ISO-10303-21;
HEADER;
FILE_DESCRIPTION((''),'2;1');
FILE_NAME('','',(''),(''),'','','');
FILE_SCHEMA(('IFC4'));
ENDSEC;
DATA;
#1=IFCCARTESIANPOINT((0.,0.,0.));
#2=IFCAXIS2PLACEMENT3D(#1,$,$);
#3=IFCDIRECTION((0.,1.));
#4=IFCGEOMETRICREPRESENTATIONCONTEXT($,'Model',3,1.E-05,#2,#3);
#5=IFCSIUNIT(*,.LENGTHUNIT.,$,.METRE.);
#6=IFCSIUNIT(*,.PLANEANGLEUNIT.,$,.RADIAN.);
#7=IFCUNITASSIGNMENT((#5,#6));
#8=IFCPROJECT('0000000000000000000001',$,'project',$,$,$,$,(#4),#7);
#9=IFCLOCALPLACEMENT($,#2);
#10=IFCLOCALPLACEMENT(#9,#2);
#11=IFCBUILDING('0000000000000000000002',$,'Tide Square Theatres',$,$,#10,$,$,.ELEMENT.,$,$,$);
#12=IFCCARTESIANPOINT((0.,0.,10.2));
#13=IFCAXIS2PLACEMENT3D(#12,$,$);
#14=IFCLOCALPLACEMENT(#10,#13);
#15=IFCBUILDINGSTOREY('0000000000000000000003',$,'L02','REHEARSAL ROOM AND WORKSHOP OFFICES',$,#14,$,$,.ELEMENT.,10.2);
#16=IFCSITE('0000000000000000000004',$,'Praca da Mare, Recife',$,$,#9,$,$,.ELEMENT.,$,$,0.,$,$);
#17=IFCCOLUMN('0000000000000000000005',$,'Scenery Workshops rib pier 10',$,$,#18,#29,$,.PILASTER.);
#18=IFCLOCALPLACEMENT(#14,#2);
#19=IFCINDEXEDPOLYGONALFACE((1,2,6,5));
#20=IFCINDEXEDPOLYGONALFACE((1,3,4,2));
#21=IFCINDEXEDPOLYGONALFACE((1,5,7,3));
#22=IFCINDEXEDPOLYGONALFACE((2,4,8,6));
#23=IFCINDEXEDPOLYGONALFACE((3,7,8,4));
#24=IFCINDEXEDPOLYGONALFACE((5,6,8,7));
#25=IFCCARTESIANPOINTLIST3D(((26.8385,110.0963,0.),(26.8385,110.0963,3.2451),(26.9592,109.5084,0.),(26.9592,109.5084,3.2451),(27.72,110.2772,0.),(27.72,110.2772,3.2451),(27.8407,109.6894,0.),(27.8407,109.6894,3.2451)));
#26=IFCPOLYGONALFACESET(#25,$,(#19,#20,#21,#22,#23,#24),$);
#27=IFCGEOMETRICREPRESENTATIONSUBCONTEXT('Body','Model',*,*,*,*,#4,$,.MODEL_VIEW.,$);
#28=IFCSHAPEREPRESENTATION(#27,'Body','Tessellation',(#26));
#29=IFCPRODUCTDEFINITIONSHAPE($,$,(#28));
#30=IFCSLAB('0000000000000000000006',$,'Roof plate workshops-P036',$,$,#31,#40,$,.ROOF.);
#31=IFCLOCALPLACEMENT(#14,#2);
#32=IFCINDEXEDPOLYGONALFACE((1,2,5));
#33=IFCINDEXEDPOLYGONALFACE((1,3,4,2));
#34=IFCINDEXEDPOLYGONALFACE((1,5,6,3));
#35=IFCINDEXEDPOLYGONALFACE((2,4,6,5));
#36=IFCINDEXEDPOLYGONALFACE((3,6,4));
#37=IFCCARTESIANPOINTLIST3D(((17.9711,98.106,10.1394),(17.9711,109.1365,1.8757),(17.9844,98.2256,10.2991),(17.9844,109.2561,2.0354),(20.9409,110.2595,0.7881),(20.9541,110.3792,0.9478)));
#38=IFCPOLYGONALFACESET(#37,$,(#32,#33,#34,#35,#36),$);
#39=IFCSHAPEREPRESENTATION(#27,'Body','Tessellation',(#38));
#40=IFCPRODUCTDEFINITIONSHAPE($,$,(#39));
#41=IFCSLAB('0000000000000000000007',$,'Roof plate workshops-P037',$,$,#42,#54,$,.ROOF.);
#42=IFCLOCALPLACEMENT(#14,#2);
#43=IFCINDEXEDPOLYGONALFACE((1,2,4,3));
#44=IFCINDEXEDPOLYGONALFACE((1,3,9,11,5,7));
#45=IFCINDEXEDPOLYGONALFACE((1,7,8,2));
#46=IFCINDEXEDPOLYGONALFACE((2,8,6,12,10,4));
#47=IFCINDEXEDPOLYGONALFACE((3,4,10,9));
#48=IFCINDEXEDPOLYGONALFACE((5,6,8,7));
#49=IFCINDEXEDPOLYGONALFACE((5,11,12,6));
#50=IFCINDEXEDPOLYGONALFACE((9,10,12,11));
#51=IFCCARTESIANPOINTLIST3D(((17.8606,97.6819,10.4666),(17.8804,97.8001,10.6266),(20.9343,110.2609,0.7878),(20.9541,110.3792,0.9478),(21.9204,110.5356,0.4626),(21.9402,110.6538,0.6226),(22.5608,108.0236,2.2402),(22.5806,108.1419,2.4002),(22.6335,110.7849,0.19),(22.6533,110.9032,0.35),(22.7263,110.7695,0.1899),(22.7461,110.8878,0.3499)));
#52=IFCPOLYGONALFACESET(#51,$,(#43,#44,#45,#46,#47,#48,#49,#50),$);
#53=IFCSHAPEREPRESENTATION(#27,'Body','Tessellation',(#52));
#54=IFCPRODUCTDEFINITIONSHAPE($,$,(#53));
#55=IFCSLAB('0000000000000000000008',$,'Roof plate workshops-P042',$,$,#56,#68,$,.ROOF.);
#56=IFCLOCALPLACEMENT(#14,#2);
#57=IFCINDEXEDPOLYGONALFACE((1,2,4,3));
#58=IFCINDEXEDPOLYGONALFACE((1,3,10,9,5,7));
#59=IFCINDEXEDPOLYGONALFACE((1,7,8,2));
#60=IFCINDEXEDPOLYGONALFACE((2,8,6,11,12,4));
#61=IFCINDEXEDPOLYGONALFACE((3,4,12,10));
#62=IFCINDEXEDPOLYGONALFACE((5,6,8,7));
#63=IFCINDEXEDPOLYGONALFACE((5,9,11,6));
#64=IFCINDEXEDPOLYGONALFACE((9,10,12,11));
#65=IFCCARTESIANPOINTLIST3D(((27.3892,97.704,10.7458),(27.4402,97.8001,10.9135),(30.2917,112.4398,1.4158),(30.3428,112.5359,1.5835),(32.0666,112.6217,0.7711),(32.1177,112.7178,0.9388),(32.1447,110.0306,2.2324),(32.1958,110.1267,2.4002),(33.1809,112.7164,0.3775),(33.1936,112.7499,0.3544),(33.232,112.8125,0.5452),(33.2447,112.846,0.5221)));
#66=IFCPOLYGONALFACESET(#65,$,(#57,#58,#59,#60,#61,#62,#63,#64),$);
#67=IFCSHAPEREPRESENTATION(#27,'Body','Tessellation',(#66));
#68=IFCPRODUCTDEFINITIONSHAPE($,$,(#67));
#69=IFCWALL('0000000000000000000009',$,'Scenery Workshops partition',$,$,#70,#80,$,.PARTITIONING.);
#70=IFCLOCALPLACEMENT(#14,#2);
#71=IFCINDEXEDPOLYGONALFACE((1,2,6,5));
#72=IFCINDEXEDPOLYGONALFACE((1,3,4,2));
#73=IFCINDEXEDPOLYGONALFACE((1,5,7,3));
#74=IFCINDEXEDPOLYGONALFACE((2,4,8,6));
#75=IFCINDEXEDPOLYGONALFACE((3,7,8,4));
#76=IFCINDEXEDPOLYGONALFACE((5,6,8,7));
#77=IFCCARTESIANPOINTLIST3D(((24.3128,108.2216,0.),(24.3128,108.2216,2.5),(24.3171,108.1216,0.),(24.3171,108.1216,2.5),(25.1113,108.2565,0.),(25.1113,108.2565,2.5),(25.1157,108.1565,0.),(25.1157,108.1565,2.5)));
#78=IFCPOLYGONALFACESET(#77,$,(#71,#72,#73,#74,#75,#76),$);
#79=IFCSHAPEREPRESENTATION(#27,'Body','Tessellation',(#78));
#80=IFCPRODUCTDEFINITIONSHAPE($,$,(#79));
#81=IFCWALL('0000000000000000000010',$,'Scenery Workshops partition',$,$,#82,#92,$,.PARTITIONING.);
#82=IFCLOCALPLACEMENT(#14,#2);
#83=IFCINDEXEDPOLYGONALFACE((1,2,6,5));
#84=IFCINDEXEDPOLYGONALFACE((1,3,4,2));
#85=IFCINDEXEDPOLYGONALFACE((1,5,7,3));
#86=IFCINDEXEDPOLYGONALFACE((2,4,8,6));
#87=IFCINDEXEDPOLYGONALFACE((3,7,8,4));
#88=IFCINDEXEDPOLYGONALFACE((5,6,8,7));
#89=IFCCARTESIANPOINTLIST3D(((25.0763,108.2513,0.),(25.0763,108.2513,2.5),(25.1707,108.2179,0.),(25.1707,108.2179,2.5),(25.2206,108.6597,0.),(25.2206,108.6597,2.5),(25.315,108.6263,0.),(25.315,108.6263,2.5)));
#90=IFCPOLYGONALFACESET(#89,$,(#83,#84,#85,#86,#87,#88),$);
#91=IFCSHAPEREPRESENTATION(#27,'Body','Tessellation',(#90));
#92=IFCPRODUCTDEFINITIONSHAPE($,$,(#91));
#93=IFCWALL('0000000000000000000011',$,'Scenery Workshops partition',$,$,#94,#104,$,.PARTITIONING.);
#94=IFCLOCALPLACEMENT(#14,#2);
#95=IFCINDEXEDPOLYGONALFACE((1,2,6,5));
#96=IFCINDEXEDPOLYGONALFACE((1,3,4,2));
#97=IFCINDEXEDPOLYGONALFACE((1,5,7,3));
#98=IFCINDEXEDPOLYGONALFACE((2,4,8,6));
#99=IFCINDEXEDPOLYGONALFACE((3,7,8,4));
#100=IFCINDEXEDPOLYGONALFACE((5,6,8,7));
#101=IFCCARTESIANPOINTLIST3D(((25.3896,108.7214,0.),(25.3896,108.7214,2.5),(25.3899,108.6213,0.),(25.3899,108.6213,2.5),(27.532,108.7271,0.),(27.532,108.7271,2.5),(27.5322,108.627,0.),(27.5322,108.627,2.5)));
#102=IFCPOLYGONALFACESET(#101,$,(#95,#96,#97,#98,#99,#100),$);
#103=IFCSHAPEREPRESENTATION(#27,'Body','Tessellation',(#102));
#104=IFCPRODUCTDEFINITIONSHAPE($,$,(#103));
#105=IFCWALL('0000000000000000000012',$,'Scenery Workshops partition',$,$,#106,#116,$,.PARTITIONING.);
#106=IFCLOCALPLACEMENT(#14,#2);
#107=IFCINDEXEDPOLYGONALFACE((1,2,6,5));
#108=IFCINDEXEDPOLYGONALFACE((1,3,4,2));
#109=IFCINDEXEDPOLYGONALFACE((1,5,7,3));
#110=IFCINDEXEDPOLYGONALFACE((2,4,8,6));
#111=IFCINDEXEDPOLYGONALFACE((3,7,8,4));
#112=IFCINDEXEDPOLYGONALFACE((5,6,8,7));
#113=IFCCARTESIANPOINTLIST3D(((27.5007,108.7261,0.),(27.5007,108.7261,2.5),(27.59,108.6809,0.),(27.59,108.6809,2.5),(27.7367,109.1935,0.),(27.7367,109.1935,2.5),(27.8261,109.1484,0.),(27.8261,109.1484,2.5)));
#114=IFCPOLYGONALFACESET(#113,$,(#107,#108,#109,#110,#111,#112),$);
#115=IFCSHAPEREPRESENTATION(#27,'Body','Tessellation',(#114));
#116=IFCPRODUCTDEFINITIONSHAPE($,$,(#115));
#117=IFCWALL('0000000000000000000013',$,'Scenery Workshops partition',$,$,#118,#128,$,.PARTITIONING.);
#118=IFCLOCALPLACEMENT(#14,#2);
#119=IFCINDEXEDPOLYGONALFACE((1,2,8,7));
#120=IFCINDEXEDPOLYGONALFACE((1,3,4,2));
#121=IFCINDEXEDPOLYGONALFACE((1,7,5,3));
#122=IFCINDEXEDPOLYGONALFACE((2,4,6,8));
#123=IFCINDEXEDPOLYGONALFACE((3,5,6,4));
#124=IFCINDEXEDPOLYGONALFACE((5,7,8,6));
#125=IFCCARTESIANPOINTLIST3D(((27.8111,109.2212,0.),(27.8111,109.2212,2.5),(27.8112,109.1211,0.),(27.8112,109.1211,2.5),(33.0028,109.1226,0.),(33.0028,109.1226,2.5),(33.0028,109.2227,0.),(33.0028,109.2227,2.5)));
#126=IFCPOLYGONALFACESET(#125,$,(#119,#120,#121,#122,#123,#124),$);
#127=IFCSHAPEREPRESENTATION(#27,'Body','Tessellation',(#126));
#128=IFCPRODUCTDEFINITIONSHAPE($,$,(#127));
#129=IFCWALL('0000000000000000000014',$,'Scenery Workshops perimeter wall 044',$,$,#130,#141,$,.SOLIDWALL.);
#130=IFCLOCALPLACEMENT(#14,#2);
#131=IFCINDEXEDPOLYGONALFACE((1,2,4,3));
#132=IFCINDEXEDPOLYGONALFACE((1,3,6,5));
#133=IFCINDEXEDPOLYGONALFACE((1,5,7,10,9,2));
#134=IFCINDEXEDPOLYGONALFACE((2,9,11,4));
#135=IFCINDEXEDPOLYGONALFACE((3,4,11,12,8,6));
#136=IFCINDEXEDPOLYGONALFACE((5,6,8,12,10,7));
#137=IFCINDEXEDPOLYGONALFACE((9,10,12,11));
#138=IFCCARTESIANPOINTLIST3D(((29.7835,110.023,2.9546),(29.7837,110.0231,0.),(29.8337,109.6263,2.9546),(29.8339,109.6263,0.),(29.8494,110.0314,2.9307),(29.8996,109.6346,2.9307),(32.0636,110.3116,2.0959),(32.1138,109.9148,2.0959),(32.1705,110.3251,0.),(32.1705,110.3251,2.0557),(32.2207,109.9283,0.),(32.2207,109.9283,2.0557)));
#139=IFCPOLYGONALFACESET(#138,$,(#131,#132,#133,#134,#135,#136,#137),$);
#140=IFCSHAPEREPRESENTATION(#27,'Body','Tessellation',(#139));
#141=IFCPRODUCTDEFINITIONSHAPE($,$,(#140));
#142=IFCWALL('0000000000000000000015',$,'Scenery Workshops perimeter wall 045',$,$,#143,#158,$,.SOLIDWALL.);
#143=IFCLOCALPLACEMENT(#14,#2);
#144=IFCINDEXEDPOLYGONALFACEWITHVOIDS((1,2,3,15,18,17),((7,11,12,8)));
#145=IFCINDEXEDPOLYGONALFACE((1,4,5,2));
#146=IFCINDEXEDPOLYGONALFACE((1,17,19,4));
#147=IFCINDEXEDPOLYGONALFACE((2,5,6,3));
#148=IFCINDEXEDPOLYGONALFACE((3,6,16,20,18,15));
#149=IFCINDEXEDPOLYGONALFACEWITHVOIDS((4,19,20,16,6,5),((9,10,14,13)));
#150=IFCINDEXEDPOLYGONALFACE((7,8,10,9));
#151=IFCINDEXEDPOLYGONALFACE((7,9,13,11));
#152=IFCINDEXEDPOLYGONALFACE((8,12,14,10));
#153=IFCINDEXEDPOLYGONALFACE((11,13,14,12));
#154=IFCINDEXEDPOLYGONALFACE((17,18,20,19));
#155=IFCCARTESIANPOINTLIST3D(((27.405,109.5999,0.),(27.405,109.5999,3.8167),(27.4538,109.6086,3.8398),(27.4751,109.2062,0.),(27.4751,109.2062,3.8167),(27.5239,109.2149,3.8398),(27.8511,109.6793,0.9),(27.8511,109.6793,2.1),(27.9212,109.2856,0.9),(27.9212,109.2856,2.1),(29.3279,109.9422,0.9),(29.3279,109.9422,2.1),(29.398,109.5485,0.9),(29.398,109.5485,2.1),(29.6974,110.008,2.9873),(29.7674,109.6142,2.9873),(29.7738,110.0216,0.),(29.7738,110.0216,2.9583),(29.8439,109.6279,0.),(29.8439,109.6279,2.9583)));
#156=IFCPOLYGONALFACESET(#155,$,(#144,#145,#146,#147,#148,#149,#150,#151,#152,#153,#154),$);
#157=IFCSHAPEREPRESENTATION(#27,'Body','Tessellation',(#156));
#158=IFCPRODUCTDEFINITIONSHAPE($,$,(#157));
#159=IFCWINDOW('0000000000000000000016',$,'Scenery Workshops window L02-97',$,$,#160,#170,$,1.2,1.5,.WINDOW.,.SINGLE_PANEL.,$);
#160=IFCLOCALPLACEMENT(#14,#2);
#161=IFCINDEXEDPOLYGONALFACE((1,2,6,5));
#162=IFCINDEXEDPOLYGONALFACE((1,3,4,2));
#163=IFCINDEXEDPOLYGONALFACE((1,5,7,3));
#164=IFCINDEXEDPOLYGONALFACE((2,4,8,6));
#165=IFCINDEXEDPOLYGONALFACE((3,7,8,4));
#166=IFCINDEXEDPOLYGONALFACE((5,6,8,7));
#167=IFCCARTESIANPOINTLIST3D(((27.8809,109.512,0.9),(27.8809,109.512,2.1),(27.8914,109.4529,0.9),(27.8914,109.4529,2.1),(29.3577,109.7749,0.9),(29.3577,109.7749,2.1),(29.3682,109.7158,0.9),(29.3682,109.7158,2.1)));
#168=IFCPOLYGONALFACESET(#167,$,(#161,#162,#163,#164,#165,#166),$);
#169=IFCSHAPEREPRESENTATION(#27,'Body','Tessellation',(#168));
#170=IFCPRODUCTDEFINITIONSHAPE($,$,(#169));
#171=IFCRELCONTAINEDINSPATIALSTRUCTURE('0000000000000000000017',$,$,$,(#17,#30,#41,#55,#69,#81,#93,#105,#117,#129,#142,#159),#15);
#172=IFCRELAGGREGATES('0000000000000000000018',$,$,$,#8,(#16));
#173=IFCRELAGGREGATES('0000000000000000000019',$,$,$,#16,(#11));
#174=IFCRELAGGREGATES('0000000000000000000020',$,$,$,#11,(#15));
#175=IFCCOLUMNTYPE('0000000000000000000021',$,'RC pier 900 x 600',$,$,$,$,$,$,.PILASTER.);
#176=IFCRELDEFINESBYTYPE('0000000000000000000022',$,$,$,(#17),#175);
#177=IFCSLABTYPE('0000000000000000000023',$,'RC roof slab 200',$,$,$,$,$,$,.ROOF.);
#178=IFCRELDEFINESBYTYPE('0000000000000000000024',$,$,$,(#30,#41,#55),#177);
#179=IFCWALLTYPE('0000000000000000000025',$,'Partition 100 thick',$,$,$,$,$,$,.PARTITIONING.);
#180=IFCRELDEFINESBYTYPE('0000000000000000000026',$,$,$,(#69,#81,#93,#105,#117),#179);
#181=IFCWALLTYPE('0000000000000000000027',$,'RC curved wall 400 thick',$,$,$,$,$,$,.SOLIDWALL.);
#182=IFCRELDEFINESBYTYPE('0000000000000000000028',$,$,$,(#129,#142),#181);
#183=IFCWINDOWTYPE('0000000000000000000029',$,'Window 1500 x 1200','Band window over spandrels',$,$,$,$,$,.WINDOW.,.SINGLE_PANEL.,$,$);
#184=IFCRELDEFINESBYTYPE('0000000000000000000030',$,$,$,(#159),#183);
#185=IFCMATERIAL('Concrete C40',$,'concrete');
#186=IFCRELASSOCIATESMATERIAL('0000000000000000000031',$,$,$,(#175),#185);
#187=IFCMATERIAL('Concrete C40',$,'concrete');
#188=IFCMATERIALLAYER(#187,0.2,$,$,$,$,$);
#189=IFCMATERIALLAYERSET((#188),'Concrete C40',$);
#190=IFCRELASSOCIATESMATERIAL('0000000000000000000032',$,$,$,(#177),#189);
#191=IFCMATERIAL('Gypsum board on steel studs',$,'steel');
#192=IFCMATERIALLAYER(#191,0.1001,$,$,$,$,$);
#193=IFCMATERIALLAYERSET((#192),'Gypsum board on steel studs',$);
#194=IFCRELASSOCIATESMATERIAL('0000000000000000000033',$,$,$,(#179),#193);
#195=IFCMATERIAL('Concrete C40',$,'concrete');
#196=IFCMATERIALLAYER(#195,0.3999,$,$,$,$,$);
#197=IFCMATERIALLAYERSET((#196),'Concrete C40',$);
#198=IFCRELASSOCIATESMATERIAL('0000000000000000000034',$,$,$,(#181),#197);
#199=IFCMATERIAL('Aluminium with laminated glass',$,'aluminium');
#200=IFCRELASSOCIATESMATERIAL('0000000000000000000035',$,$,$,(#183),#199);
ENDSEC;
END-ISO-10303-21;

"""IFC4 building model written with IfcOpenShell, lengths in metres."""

from ifc_helpers import new_model, si_unit, direction, frame, frame_2d, origin, origin_2d, place, context, subcontext, project, spatial, polyline, rectangle, outline, extrude, material, layer, layer_set, material_profile, profile_set, type_object, element, fill, save


model = new_model("IFC4")

# Units and contexts
model_context = context("Model", 3, precision=1e-05, world=origin(), true_north=direction((0.0, 1.0)))
body_context = subcontext(model_context, "Body", "Model", "MODEL_VIEW")
ifc_project = project(units=[si_unit("LENGTHUNIT", "METRE"), si_unit("PLANEANGLEUNIT", "RADIAN")], contexts=[model_context])

# Site, building, storey
site_placement = place(None, origin())
site = spatial("IfcSite", under=ifc_project, at=site_placement, Name="Praca da Mare, Recife", CompositionType="ELEMENT", RefElevation=0.0)
building_placement = place(site_placement, origin())
building = spatial("IfcBuilding", under=site, at=building_placement, Name="Tide Square Theatres", CompositionType="ELEMENT")
storey_placement = place(building_placement, frame((0.0, 0.0, 10.2)))
storey = spatial("IfcBuildingStorey", under=building, at=storey_placement, Name="L02", Description="REHEARSAL ROOM AND WORKSHOP OFFICES", CompositionType="ELEMENT", Elevation=10.2)

# Column
ifc_material_1 = material(Name="Concrete C40", Category="concrete")
ifc_material_profile = material_profile(ifc_material_1, rectangle(XDim=0.8999, YDim=0.6001, at=origin_2d()))
ifc_profile_set = profile_set([ifc_material_profile], Name="Concrete C40")
column_type = type_object("IfcColumnType", Name="RC pier 900 x 600", PredefinedType="PILASTER", material=ifc_profile_set)
column_placement = place(storey_placement, frame((27.3396, 109.8928, 0.0), z_axis=(0.0, 0.0, 1.0), x_axis=(-0.979575, -0.201079, 0.0)))
element("IfcColumn", 1, at=column_placement, inside=storey, type_object=column_type, Name="Scenery Workshops rib pier 10", PredefinedType="PILASTER", context=body_context, shape_type="SweptSolid", body=[
    extrude(rectangle(XDim=0.8999, YDim=0.6001, at=origin_2d()), origin(), (0.0, 0.0, 1.0), 3.2451),
])

# Slabs
ifc_material_2 = material(Name="Concrete C40", Category="concrete")
ifc_layer_1 = layer(ifc_material_2, 0.2)
ifc_layer_set_1 = layer_set([ifc_layer_1], Name="Concrete C40")
slab_type = type_object("IfcSlabType", Name="RC roof slab 200", PredefinedType="ROOF", material=ifc_layer_set_1)
slab_1_placement = place(storey_placement, frame((20.9541, 110.3792, 0.9478), z_axis=(0.06623, 0.598256, 0.798564), x_axis=(-0.884871, -0.334627, 0.324079)))
element("IfcSlab", 2, at=slab_1_placement, inside=storey, type_object=slab_type, Name="Roof plate workshops-P036", PredefinedType="ROOF", context=body_context, shape_type="SweptSolid", body=[
    extrude(outline(polyline([(0.0, 0.0), (3.3561, 0.0), (9.7253, 12.2227), (0.0, 0.0)])), origin(), (0.0, 0.0, -1.0), 0.2),
])
slab_2_placement = place(storey_placement, frame((20.9541, 110.3792, 0.9478), z_axis=(0.099074, 0.591496, 0.800198), x_axis=(-0.190128, -0.778087, 0.598692)))
element("IfcSlab", 3, at=slab_2_placement, inside=storey, type_object=slab_type, Name="Roof plate workshops-P037", PredefinedType="ROOF", context=body_context, shape_type="SweptSolid", body=[
    extrude(outline(polyline([(0.0, 0.0), (16.1666, 0.0), (2.3011, 2.1131), (-0.5959, 0.8936), (-1.0944, 1.6216), (-1.0887, 1.5278), (0.0, 0.0)])), origin(), (0.0, 0.0, -1.0), 0.2),
])
slab_3_placement = place(storey_placement, frame((30.3428, 112.5359, 1.5835), z_axis=(0.255405, 0.48079, 0.838814), x_axis=(-0.164162, -0.833426, 0.527686)))
element("IfcSlab", 4, at=slab_3_placement, inside=storey, type_object=slab_type, Name="Roof plate workshops-P042", PredefinedType="ROOF", context=body_context, shape_type="SweptSolid", body=[
    extrude(outline(polyline([(0.0, 0.0), (17.6809, 0.0), (2.1346, 2.3126), (-0.7832, 1.7279), (-1.2527, 2.8165), (-1.2949, 2.8226), (0.0, 0.0)])), origin(), (0.0, 0.0, -1.0), 0.2),
])

# Walls
ifc_material_3 = material(Name="Gypsum board on steel studs", Category="steel")
ifc_layer_2 = layer(ifc_material_3, 0.1001)
ifc_layer_set_2 = layer_set([ifc_layer_2], Name="Gypsum board on steel studs")
wall_type_1 = type_object("IfcWallType", Name="Partition 100 thick", PredefinedType="PARTITIONING", material=ifc_layer_set_2)
wall_1_placement = place(storey_placement, frame((24.3149, 108.1716, 0.0), z_axis=(0.0, 0.0, 1.0), x_axis=(0.999046, 0.043676, 0.0)))
element("IfcWall", 5, at=wall_1_placement, inside=storey, type_object=wall_type_1, Name="Scenery Workshops partition", PredefinedType="PARTITIONING", context=body_context, shape_type="SweptSolid", body=[
    extrude(rectangle(XDim=0.7993, YDim=0.1001, at=frame_2d((0.3997, 0.0))), origin(), (0.0, 0.0, 1.0), 2.5),
])
wall_2_placement = place(storey_placement, frame((25.1235, 108.2346, 0.0), z_axis=(0.0, 0.0, 1.0), x_axis=(0.333085, 0.942897, 0.0)))
element("IfcWall", 6, at=wall_2_placement, inside=storey, type_object=wall_type_1, Name="Scenery Workshops partition", PredefinedType="PARTITIONING", context=body_context, shape_type="SweptSolid", body=[
    extrude(rectangle(XDim=0.4331, YDim=0.1001, at=frame_2d((0.2166, 0.0))), origin(), (0.0, 0.0, 1.0), 2.5),
])
wall_3_placement = place(storey_placement, frame((25.3896, 108.6714, 0.0), z_axis=(0.0, 0.0, 1.0), x_axis=(0.999997, 0.002621, 0.0)))
element("IfcWall", 7, at=wall_3_placement, inside=storey, type_object=wall_type_1, Name="Scenery Workshops partition", PredefinedType="PARTITIONING", context=body_context, shape_type="SweptSolid", body=[
    extrude(rectangle(XDim=2.1423, YDim=0.1001, at=frame_2d((1.0713, 0.0))), origin(), (0.0, 0.0, 1.0), 2.5),
])
wall_4_placement = place(storey_placement, frame((27.5454, 108.7036, 0.0), z_axis=(0.0, 0.0, 1.0), x_axis=(0.450753, 0.892649, 0.0)))
element("IfcWall", 8, at=wall_4_placement, inside=storey, type_object=wall_type_1, Name="Scenery Workshops partition", PredefinedType="PARTITIONING", context=body_context, shape_type="SweptSolid", body=[
    extrude(rectangle(XDim=0.5237, YDim=0.1001, at=frame_2d((0.2617, 0.0))), origin(), (0.0, 0.0, 1.0), 2.5),
])
wall_5_placement = place(storey_placement, frame((27.8113, 109.1711, 0.0), z_axis=(0.0, 0.0, 1.0), x_axis=(1.0, 0.000282, 0.0)))
element("IfcWall", 9, at=wall_5_placement, inside=storey, type_object=wall_type_1, Name="Scenery Workshops partition", PredefinedType="PARTITIONING", context=body_context, shape_type="SweptSolid", body=[
    extrude(rectangle(XDim=5.1917, YDim=0.1001, at=frame_2d((2.5957, 0.0))), origin(), (0.0, 0.0, 1.0), 2.5),
])
ifc_material_4 = material(Name="Concrete C40", Category="concrete")
ifc_layer_3 = layer(ifc_material_4, 0.3999)
ifc_layer_set_3 = layer_set([ifc_layer_3], Name="Concrete C40")
wall_type_2 = type_object("IfcWallType", Name="RC curved wall 400 thick", PredefinedType="SOLIDWALL", material=ifc_layer_set_3)
wall_6_placement = place(storey_placement, frame((32.1956, 110.1267, 0.0), z_axis=(0.0, 0.0, 1.0), x_axis=(-0.992089, -0.125533, 0.0)))
element("IfcWall", 10, at=wall_6_placement, inside=storey, type_object=wall_type_2, Name="Scenery Workshops perimeter wall 044", PredefinedType="SOLIDWALL", context=body_context, shape_type="SweptSolid", body=[
    extrude(outline(polyline([(0.0, 0.0), (2.4058, 0.0), (2.406, 2.9546), (2.3396, 2.9307), (0.1077, 2.0959), (0.0, 2.0557), (0.0, 0.0)])), frame((0.0, 0.2, 0.0), z_axis=(0.0, -1.0, 0.0), x_axis=(1.0, 0.0, 0.0)), (0.0, 0.0, 1.0), 0.3999),
])

# Wall, opening, window
wall_7_placement = place(storey_placement, frame((29.8088, 109.8247, 0.0), z_axis=(0.0, 0.0, 1.0), x_axis=(-0.984524, -0.17525, 0.0)))
wall_7 = element("IfcWall", 11, at=wall_7_placement, inside=storey, type_object=wall_type_2, Name="Scenery Workshops perimeter wall 045", PredefinedType="SOLIDWALL", context=body_context, shape_type="SweptSolid", body=[
    extrude(outline(polyline([(0.0, 0.0), (2.406, 0.0), (2.406, 3.8167), (2.3564, 3.8398), (2.2854, 3.8132), (0.0776, 2.9873), (0.0, 2.9583), (0.0, 0.0)])), frame((0.0, 0.2, 0.0), z_axis=(0.0, -1.0, 0.0), x_axis=(1.0, 0.0, 0.0)), (0.0, 0.0, 1.0), 0.3999),
])
opening_1_placement = place(wall_7_placement, frame((0.4529, 0.0, 0.8999)))
opening_1 = element("IfcOpeningElement", 12, at=opening_1_placement, cuts=wall_7, PredefinedType="OPENING", context=body_context, shape_type="SweptSolid", body=[
    extrude(rectangle(XDim=1.5, YDim=1.2, at=frame_2d((0.75, 0.6001))), frame((0.0, 0.21, 0.0), z_axis=(0.0, -1.0, 0.0), x_axis=(1.0, 0.0, 0.0)), (0.0, 0.0, 1.0), 0.4199),
])
ifc_material_5 = material(Name="Aluminium with laminated glass", Category="aluminium")
window_type_1 = type_object("IfcWindowType", Name="Window 1500 x 1200", Description="Band window over spandrels", PartitioningType="SINGLE_PANEL", PredefinedType="WINDOW", material=ifc_material_5)
window_1_placement = place(opening_1_placement, origin())
window_1 = element("IfcWindow", 13, at=window_1_placement, inside=storey, type_object=window_type_1, Name="Scenery Workshops window L02-97", OverallHeight=1.2, OverallWidth=1.5, PartitioningType="SINGLE_PANEL", PredefinedType="WINDOW", context=body_context, shape_type="SweptSolid", body=[
    extrude(rectangle(XDim=1.5, YDim=1.2, at=frame_2d((0.75, 0.6001))), frame((0.0, 0.03, 0.0), z_axis=(0.0, -1.0, 0.0), x_axis=(1.0, 0.0, 0.0)), (0.0, 0.0, 1.0), 0.0601),
])
fill(opening_1, window_1)

save(model, "model.ifc")
